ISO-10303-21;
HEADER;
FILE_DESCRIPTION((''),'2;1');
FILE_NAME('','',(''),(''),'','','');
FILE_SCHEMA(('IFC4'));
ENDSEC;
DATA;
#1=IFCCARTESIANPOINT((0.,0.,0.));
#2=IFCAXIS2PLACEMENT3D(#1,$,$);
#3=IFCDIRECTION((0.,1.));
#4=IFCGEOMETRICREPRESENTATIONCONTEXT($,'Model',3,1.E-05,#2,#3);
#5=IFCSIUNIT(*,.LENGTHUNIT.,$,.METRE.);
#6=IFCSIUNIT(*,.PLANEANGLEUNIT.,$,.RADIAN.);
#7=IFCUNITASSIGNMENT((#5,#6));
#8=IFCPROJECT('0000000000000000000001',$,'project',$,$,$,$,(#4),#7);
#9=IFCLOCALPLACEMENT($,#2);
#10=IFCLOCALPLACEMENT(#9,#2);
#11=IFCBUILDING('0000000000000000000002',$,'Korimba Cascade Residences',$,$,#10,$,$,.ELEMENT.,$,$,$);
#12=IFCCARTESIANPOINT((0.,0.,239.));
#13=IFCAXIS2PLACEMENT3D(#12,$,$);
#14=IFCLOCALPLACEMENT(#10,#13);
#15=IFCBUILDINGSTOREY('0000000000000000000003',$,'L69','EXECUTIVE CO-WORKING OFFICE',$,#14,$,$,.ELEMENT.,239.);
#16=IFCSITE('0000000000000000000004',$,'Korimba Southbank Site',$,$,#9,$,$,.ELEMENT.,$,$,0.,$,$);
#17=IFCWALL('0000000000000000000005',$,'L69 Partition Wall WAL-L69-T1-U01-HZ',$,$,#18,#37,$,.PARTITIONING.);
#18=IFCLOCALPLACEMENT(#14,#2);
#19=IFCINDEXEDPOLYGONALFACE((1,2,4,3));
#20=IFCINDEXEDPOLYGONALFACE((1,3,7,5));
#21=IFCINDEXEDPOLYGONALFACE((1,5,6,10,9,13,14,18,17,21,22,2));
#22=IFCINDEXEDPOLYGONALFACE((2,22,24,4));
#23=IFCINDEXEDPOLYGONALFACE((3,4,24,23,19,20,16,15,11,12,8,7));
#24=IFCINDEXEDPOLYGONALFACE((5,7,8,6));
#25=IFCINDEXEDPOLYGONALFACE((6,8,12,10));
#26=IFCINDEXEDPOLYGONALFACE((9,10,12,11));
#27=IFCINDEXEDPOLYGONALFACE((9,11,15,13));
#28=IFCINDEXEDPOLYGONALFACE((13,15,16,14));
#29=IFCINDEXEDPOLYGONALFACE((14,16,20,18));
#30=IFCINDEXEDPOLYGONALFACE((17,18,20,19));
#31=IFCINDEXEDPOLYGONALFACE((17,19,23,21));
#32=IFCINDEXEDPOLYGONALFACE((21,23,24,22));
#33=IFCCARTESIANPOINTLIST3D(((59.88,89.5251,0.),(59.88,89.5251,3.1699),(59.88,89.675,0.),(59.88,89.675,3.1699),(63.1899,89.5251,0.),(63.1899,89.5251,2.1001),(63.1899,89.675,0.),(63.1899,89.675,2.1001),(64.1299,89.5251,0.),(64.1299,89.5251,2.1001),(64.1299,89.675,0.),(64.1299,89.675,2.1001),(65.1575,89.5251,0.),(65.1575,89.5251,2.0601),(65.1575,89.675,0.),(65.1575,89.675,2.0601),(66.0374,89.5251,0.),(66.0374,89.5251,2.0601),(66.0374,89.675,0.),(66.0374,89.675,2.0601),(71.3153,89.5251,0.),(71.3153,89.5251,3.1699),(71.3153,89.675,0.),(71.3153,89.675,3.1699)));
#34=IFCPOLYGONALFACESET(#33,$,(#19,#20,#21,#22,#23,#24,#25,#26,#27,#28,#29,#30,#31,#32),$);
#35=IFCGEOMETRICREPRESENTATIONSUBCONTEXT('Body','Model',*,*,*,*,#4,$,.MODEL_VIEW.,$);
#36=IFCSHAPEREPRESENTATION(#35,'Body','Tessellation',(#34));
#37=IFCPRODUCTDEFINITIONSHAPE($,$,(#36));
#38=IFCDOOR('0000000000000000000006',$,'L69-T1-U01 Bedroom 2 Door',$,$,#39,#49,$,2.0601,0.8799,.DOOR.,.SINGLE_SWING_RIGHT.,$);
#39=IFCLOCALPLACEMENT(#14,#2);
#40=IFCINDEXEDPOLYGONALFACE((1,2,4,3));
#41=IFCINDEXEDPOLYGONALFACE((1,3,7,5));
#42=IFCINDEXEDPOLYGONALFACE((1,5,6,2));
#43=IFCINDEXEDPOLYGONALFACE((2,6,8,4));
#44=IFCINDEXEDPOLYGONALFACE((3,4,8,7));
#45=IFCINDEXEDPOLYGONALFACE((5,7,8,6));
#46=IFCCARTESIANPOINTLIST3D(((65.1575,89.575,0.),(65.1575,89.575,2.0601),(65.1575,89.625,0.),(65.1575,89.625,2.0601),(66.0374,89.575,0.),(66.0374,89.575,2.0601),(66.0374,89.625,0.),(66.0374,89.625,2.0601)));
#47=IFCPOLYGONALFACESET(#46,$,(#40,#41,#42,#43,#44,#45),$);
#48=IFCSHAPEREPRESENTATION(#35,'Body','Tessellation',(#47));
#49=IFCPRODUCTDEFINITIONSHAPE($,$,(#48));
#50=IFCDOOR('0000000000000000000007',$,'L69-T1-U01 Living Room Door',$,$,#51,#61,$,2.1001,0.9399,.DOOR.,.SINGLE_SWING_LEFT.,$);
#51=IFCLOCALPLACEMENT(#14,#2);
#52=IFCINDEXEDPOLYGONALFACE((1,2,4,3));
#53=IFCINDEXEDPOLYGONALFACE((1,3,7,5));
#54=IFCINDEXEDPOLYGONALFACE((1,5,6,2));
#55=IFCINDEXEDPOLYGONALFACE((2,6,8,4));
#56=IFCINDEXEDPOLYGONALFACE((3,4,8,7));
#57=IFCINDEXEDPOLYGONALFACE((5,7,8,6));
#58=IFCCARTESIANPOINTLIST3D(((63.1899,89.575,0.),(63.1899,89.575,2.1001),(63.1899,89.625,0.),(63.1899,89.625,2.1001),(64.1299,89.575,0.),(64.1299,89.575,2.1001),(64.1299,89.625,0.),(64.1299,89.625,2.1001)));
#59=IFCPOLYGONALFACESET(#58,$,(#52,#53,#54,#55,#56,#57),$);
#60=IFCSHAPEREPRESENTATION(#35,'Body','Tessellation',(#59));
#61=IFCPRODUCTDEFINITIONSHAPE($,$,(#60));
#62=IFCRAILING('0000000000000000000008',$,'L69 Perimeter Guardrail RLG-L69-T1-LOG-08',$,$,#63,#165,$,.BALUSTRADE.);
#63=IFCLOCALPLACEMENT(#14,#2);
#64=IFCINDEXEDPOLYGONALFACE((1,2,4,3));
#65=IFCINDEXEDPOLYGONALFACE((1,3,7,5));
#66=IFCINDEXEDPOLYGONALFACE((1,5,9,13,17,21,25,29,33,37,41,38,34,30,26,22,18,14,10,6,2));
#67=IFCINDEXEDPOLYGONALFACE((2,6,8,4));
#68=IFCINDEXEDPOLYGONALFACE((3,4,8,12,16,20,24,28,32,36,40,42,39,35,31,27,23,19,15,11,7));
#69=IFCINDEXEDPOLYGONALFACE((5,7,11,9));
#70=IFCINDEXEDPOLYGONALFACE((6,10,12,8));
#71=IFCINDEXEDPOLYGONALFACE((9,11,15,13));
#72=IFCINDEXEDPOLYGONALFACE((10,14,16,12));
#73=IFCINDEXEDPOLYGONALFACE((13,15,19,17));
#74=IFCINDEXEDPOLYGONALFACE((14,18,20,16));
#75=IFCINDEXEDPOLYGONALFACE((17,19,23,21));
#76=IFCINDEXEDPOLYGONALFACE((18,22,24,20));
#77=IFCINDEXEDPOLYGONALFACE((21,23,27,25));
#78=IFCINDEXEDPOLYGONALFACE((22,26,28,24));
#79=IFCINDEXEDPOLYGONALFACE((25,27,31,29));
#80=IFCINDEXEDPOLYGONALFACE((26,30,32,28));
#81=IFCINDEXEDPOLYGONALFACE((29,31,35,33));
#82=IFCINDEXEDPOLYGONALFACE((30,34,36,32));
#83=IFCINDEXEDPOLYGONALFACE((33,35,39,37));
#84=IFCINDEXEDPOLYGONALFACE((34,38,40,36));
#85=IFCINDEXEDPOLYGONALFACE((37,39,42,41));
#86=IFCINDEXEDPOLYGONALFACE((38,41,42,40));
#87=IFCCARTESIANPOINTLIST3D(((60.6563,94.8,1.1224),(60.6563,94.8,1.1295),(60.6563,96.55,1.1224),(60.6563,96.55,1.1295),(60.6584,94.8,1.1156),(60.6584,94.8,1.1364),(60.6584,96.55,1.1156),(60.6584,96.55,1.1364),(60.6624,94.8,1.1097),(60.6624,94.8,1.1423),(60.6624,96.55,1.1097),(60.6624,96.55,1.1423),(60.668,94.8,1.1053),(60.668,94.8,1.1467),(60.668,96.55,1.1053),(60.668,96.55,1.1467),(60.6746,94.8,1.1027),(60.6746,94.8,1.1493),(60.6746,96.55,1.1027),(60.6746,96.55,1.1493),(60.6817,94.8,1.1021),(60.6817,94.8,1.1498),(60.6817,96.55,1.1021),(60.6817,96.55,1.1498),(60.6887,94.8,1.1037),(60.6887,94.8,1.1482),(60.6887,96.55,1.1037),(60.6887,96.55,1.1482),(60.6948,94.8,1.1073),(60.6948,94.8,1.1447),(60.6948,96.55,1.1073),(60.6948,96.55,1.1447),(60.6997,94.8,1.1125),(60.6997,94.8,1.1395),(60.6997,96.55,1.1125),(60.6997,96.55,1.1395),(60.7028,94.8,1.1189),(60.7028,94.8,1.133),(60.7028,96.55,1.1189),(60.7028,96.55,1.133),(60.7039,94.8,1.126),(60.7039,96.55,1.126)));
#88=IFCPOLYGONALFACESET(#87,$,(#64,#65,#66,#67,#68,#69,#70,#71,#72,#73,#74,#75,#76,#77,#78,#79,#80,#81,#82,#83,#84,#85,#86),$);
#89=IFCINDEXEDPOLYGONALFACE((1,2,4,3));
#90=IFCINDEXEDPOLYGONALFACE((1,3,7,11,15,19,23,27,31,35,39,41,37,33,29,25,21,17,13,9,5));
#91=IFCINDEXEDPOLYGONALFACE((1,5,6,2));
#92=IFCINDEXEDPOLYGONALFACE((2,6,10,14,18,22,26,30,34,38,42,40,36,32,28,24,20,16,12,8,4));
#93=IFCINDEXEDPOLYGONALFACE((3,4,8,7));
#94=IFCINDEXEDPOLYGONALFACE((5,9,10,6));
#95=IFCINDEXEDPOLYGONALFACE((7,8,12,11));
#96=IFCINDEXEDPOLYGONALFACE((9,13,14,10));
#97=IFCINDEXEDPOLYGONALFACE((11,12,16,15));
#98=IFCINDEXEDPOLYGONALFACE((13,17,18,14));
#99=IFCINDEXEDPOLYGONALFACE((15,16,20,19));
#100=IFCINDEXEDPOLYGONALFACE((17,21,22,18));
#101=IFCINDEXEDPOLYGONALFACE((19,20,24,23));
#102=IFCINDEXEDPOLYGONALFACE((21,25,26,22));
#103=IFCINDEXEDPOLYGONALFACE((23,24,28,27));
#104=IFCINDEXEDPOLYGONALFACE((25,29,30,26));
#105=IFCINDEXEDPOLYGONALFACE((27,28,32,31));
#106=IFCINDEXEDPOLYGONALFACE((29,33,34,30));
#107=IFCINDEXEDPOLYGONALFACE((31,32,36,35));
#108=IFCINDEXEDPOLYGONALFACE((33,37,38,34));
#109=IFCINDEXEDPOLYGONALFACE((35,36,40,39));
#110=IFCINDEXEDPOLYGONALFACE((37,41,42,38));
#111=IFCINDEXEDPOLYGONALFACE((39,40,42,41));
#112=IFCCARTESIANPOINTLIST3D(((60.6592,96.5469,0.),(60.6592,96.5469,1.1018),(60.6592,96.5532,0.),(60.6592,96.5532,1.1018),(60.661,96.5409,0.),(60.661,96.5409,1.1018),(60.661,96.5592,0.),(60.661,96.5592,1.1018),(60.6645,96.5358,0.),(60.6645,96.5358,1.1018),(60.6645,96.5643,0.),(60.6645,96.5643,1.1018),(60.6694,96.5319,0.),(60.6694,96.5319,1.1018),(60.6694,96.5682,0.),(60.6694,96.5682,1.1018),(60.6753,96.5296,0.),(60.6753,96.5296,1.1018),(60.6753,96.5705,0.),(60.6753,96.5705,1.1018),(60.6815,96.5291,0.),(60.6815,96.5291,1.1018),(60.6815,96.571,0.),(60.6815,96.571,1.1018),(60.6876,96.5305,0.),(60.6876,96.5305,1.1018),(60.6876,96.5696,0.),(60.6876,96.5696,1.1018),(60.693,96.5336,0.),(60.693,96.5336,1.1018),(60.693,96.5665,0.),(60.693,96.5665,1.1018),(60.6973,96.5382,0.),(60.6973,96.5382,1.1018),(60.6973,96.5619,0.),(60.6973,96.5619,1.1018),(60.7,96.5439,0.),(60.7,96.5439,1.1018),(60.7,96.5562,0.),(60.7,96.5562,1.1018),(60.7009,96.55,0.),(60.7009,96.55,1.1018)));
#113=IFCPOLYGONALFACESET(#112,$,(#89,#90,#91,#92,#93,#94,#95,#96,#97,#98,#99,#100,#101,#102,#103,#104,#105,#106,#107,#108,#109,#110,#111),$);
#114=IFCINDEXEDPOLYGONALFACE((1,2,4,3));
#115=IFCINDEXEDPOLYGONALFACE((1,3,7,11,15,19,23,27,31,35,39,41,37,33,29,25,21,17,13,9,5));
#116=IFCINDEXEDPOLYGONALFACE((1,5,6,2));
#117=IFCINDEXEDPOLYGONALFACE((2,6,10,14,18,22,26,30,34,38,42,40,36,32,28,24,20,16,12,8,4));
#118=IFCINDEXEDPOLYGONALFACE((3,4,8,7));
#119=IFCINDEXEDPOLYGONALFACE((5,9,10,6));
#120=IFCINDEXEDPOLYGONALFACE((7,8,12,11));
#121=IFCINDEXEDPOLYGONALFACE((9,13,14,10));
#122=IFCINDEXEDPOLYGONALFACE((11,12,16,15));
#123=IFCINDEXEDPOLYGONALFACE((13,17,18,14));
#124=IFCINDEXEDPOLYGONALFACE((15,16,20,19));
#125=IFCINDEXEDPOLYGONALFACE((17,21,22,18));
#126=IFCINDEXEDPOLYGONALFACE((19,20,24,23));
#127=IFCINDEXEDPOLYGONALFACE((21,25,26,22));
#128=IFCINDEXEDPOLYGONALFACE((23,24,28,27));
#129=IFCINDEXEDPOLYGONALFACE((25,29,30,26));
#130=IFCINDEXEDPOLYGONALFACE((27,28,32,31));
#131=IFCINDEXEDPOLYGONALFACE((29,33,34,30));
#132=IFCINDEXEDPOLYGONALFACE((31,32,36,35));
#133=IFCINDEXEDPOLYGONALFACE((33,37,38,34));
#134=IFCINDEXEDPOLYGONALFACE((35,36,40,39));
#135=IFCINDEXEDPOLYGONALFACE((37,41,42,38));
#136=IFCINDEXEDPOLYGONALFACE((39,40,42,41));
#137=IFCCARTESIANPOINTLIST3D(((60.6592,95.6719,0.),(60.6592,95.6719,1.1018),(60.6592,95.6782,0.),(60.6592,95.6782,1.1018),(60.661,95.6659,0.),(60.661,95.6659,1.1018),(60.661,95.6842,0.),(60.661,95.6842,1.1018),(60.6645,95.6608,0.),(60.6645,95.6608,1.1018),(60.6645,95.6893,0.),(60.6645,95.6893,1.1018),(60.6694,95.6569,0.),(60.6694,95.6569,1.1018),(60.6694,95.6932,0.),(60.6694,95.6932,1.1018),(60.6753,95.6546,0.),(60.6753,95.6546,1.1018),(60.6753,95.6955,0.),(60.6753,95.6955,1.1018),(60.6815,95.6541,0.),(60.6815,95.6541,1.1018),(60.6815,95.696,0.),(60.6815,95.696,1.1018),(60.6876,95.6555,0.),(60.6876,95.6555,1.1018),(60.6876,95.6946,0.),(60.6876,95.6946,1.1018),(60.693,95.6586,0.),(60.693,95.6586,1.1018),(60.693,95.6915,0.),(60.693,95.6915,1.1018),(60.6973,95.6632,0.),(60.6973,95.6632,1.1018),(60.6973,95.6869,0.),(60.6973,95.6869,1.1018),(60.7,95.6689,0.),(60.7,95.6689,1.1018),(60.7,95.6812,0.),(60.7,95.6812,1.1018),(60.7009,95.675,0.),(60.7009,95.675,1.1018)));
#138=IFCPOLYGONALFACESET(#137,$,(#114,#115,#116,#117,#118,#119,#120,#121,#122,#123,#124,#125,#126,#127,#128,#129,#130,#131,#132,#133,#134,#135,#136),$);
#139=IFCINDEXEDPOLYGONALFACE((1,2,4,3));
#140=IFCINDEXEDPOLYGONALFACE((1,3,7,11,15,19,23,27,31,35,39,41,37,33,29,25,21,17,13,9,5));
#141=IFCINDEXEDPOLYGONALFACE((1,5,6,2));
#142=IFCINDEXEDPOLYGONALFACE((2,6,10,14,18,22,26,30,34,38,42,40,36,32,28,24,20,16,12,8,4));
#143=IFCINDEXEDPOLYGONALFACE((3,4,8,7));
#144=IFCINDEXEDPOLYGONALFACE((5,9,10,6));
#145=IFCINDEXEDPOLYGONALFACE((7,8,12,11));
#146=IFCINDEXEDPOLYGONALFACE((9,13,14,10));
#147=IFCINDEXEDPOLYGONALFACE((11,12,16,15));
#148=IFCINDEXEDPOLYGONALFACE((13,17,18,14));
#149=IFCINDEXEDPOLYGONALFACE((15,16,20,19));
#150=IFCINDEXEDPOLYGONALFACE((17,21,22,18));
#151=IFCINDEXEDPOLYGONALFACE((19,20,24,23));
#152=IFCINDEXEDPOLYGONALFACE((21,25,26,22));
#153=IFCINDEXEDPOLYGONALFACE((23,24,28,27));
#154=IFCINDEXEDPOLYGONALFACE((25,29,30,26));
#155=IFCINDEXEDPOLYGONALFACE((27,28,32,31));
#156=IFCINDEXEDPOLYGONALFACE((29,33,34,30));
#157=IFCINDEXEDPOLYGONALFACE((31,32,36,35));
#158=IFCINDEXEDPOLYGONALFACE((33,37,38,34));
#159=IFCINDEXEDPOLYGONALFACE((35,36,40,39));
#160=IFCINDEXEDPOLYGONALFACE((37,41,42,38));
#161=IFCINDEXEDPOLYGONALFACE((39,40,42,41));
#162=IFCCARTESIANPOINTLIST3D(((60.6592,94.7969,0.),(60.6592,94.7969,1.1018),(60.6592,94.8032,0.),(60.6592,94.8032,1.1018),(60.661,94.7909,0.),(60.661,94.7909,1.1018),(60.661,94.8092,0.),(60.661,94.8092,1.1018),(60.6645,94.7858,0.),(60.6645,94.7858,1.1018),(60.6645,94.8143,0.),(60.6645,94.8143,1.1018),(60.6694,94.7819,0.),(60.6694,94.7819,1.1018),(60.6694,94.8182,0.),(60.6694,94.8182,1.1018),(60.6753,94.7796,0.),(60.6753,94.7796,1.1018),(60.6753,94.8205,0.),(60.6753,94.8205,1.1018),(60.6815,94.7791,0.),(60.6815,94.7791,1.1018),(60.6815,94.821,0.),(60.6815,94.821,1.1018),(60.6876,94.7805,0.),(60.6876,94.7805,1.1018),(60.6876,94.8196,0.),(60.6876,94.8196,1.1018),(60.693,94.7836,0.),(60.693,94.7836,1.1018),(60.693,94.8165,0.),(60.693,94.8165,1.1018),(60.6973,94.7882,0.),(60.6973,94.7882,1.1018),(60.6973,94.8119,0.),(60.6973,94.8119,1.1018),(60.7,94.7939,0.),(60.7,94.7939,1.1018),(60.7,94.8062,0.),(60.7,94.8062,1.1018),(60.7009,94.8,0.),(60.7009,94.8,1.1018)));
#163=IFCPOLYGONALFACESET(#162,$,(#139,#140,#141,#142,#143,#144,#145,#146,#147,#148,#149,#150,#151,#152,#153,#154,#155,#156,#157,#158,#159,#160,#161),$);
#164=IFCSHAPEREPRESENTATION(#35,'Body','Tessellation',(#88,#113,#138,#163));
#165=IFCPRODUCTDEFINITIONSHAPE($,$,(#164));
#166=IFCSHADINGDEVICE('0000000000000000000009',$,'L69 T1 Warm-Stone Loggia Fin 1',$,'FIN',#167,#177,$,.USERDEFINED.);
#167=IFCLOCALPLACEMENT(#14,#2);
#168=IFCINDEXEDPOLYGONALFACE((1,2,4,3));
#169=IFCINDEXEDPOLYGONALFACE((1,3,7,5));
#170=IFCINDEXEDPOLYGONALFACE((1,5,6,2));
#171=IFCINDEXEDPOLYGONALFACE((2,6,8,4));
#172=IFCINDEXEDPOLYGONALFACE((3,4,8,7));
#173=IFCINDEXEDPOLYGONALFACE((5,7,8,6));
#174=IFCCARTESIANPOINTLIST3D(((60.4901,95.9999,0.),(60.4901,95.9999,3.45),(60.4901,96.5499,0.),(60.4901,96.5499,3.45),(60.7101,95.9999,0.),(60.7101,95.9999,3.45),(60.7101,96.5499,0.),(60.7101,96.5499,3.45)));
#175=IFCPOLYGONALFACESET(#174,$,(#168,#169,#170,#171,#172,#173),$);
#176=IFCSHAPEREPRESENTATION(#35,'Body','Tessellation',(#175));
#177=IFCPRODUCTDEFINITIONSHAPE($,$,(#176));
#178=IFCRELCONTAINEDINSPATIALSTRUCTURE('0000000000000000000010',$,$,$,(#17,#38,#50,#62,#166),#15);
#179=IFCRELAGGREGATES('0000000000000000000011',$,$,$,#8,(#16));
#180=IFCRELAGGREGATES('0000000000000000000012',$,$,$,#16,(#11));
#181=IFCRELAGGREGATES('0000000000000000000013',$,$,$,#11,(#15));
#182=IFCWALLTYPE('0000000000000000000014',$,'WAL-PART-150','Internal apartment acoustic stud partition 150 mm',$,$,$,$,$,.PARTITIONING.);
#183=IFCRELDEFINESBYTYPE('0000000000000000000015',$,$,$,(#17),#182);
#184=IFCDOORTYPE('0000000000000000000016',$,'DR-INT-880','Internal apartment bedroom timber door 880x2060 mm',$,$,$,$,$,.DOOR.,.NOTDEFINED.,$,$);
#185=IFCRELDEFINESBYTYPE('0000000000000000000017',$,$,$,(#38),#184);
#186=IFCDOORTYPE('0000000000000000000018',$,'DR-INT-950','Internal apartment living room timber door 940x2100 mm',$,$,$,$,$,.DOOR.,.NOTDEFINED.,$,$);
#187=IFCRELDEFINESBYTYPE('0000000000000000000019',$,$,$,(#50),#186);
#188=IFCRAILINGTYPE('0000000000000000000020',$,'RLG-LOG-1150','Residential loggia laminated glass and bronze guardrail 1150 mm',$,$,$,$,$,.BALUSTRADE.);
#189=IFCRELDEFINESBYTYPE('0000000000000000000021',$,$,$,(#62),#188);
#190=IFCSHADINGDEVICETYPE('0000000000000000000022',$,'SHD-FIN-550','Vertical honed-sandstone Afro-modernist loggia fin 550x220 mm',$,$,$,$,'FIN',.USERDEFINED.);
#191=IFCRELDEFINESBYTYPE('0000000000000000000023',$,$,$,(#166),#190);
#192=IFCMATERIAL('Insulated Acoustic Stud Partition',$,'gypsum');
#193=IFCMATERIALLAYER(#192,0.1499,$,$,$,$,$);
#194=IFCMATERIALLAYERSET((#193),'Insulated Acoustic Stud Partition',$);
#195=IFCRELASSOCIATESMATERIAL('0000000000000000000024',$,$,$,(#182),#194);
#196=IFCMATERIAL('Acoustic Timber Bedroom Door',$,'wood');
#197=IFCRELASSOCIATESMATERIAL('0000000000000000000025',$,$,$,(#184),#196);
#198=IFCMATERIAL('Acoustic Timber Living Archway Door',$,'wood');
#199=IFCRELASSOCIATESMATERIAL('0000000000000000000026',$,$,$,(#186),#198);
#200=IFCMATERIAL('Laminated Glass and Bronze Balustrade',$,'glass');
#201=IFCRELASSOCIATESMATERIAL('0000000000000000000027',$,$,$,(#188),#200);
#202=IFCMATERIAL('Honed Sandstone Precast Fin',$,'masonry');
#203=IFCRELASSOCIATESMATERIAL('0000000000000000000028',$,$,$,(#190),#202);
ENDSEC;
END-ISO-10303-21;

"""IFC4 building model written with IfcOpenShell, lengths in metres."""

from ifc_helpers import new_model, si_unit, direction, frame, frame_2d, origin, origin_2d, place, context, subcontext, project, spatial, rectangle, circle, extrude, material, layer, layer_set, type_object, element, fill, save


model = new_model("IFC4")

# Units and contexts
model_context = context("Model", 3, precision=1e-05, world=origin(), true_north=direction((0.0, 1.0)))
body_context = subcontext(model_context, "Body", "Model", "MODEL_VIEW")
ifc_project = project(units=[si_unit("LENGTHUNIT", "METRE"), si_unit("PLANEANGLEUNIT", "RADIAN")], contexts=[model_context])

# Site, building, storey
site_placement = place(None, origin())
site = spatial("IfcSite", under=ifc_project, at=site_placement, Name="Korimba Southbank Site", CompositionType="ELEMENT", RefElevation=0.0)
building_placement = place(site_placement, origin())
building = spatial("IfcBuilding", under=site, at=building_placement, Name="Korimba Cascade Residences", CompositionType="ELEMENT")
storey_placement = place(building_placement, frame((0.0, 0.0, 239.0)))
storey = spatial("IfcBuildingStorey", under=building, at=storey_placement, Name="L69", Description="EXECUTIVE CO-WORKING OFFICE", CompositionType="ELEMENT", Elevation=239.0)

# Shared definitions
ifc_material_1 = material(Name="Insulated Acoustic Stud Partition", Category="gypsum")
ifc_layer_1 = layer(ifc_material_1, 0.1499)
ifc_layer_set_1 = layer_set([ifc_layer_1], Name="Insulated Acoustic Stud Partition")
wall_type_1 = type_object("IfcWallType", Name="WAL-PART-150", Description="Internal apartment acoustic stud partition 150 mm", PredefinedType="PARTITIONING", material=ifc_layer_set_1)

# Wall, openings, doors
wall_1_placement = place(storey_placement, frame((59.8799, 89.6001, 0.0), z_axis=(0.0, 0.0, 1.0), x_axis=(1.0, 0.0, 0.0)))
wall_1 = element("IfcWall", 1, at=wall_1_placement, inside=storey, type_object=wall_type_1, Name="L69 Partition Wall WAL-L69-T1-U01-HZ", PredefinedType="PARTITIONING", context=body_context, shape_type="SweptSolid", body=[
    extrude(rectangle(XDim=11.4353, YDim=0.1499, at=frame_2d((5.7178, 0.0))), origin(), (0.0, 0.0, 1.0), 3.1699),
])
opening_1_placement = place(wall_1_placement, frame((3.3101, 0.0, 0.0)))
opening_1 = element("IfcOpeningElement", 2, at=opening_1_placement, cuts=wall_1, PredefinedType="OPENING", context=body_context, shape_type="SweptSolid", body=[
    extrude(rectangle(XDim=0.9399, YDim=2.1001, at=frame_2d((0.47, 1.05))), frame((0.0, 0.085, 0.0), z_axis=(0.0, -1.0, 0.0), x_axis=(1.0, 0.0, 0.0)), (0.0, 0.0, 1.0), 0.1699),
])
opening_2_placement = place(wall_1_placement, frame((5.2776, 0.0, 0.0)))
opening_2 = element("IfcOpeningElement", 3, at=opening_2_placement, cuts=wall_1, PredefinedType="OPENING", context=body_context, shape_type="SweptSolid", body=[
    extrude(rectangle(XDim=0.8799, YDim=2.0601, at=frame_2d((0.4399, 1.03))), frame((0.0, 0.085, 0.0), z_axis=(0.0, -1.0, 0.0), x_axis=(1.0, 0.0, 0.0)), (0.0, 0.0, 1.0), 0.1699),
])
ifc_material_2 = material(Name="Acoustic Timber Bedroom Door", Category="wood")
door_type_1 = type_object("IfcDoorType", Name="DR-INT-880", Description="Internal apartment bedroom timber door 880x2060 mm", OperationType="NOTDEFINED", PredefinedType="DOOR", material=ifc_material_2)
door_1_placement = place(opening_2_placement, origin())
door_1 = element("IfcDoor", 4, at=door_1_placement, inside=storey, type_object=door_type_1, Name="L69-T1-U01 Bedroom 2 Door", OperationType="SINGLE_SWING_RIGHT", OverallHeight=2.0601, OverallWidth=0.8799, PredefinedType="DOOR", context=body_context, shape_type="SweptSolid", body=[
    extrude(rectangle(XDim=0.8799, YDim=2.0601, at=frame_2d((0.4399, 1.03))), frame((0.0, 0.0249, 0.0), z_axis=(0.0, -1.0, 0.0), x_axis=(1.0, 0.0, 0.0)), (0.0, 0.0, 1.0), 0.05),
])
fill(opening_2, door_1)
ifc_material_3 = material(Name="Acoustic Timber Living Archway Door", Category="wood")
door_type_2 = type_object("IfcDoorType", Name="DR-INT-950", Description="Internal apartment living room timber door 940x2100 mm", OperationType="NOTDEFINED", PredefinedType="DOOR", material=ifc_material_3)
door_2_placement = place(opening_1_placement, origin())
door_2 = element("IfcDoor", 5, at=door_2_placement, inside=storey, type_object=door_type_2, Name="L69-T1-U01 Living Room Door", OperationType="SINGLE_SWING_LEFT", OverallHeight=2.1001, OverallWidth=0.9399, PredefinedType="DOOR", context=body_context, shape_type="SweptSolid", body=[
    extrude(rectangle(XDim=0.9399, YDim=2.1001, at=frame_2d((0.47, 1.05))), frame((0.0, 0.0249, 0.0), z_axis=(0.0, -1.0, 0.0), x_axis=(1.0, 0.0, 0.0)), (0.0, 0.0, 1.0), 0.05),
])
fill(opening_1, door_2)

# Railing
ifc_material_4 = material(Name="Laminated Glass and Bronze Balustrade", Category="glass")
railing_type = type_object("IfcRailingType", Name="RLG-LOG-1150", Description="Residential loggia laminated glass and bronze guardrail 1150 mm", PredefinedType="BALUSTRADE", material=ifc_material_4)
railing_placement = place(storey_placement, frame((60.6799, 96.55, 0.0)))
element("IfcRailing", 6, at=railing_placement, inside=storey, type_object=railing_type, Name="L69 Perimeter Guardrail RLG-L69-T1-LOG-08", PredefinedType="BALUSTRADE", context=body_context, shape_type="SweptSolid", body=[
    extrude(circle(Radius=0.0239, at=origin_2d()), frame((0.0, 0.0, 1.126), z_axis=(0.0, -1.0, 0.0), x_axis=(1.0, 0.0, 0.0)), (0.0, 0.0, 1.0), 1.75),
    extrude(circle(Radius=0.021, at=origin_2d()), origin(), (0.0, 0.0, 1.0), 1.1018),
    extrude(circle(Radius=0.021, at=origin_2d()), frame((0.0, -0.875, 0.0)), (0.0, 0.0, 1.0), 1.1018),
    extrude(circle(Radius=0.021, at=origin_2d()), frame((0.0, -1.75, 0.0)), (0.0, 0.0, 1.0), 1.1018),
])

# Shading device
ifc_material_5 = material(Name="Honed Sandstone Precast Fin", Category="masonry")
shading_device_type = type_object("IfcShadingDeviceType", Name="SHD-FIN-550", Description="Vertical honed-sandstone Afro-modernist loggia fin 550x220 mm", ElementType="FIN", PredefinedType="USERDEFINED", material=ifc_material_5)
shading_device_placement = place(storey_placement, frame((60.6001, 96.2749, 0.0), z_axis=(0.0, 0.0, 1.0), x_axis=(1.0, 0.0, 0.0)))
element("IfcShadingDevice", 7, at=shading_device_placement, inside=storey, type_object=shading_device_type, Name="L69 T1 Warm-Stone Loggia Fin 1", ObjectType="FIN", PredefinedType="USERDEFINED", context=body_context, shape_type="SweptSolid", body=[
    extrude(rectangle(XDim=0.22, YDim=0.55, at=origin_2d()), origin(), (0.0, 0.0, 1.0), 3.45),
])

save(model, "model.ifc")
